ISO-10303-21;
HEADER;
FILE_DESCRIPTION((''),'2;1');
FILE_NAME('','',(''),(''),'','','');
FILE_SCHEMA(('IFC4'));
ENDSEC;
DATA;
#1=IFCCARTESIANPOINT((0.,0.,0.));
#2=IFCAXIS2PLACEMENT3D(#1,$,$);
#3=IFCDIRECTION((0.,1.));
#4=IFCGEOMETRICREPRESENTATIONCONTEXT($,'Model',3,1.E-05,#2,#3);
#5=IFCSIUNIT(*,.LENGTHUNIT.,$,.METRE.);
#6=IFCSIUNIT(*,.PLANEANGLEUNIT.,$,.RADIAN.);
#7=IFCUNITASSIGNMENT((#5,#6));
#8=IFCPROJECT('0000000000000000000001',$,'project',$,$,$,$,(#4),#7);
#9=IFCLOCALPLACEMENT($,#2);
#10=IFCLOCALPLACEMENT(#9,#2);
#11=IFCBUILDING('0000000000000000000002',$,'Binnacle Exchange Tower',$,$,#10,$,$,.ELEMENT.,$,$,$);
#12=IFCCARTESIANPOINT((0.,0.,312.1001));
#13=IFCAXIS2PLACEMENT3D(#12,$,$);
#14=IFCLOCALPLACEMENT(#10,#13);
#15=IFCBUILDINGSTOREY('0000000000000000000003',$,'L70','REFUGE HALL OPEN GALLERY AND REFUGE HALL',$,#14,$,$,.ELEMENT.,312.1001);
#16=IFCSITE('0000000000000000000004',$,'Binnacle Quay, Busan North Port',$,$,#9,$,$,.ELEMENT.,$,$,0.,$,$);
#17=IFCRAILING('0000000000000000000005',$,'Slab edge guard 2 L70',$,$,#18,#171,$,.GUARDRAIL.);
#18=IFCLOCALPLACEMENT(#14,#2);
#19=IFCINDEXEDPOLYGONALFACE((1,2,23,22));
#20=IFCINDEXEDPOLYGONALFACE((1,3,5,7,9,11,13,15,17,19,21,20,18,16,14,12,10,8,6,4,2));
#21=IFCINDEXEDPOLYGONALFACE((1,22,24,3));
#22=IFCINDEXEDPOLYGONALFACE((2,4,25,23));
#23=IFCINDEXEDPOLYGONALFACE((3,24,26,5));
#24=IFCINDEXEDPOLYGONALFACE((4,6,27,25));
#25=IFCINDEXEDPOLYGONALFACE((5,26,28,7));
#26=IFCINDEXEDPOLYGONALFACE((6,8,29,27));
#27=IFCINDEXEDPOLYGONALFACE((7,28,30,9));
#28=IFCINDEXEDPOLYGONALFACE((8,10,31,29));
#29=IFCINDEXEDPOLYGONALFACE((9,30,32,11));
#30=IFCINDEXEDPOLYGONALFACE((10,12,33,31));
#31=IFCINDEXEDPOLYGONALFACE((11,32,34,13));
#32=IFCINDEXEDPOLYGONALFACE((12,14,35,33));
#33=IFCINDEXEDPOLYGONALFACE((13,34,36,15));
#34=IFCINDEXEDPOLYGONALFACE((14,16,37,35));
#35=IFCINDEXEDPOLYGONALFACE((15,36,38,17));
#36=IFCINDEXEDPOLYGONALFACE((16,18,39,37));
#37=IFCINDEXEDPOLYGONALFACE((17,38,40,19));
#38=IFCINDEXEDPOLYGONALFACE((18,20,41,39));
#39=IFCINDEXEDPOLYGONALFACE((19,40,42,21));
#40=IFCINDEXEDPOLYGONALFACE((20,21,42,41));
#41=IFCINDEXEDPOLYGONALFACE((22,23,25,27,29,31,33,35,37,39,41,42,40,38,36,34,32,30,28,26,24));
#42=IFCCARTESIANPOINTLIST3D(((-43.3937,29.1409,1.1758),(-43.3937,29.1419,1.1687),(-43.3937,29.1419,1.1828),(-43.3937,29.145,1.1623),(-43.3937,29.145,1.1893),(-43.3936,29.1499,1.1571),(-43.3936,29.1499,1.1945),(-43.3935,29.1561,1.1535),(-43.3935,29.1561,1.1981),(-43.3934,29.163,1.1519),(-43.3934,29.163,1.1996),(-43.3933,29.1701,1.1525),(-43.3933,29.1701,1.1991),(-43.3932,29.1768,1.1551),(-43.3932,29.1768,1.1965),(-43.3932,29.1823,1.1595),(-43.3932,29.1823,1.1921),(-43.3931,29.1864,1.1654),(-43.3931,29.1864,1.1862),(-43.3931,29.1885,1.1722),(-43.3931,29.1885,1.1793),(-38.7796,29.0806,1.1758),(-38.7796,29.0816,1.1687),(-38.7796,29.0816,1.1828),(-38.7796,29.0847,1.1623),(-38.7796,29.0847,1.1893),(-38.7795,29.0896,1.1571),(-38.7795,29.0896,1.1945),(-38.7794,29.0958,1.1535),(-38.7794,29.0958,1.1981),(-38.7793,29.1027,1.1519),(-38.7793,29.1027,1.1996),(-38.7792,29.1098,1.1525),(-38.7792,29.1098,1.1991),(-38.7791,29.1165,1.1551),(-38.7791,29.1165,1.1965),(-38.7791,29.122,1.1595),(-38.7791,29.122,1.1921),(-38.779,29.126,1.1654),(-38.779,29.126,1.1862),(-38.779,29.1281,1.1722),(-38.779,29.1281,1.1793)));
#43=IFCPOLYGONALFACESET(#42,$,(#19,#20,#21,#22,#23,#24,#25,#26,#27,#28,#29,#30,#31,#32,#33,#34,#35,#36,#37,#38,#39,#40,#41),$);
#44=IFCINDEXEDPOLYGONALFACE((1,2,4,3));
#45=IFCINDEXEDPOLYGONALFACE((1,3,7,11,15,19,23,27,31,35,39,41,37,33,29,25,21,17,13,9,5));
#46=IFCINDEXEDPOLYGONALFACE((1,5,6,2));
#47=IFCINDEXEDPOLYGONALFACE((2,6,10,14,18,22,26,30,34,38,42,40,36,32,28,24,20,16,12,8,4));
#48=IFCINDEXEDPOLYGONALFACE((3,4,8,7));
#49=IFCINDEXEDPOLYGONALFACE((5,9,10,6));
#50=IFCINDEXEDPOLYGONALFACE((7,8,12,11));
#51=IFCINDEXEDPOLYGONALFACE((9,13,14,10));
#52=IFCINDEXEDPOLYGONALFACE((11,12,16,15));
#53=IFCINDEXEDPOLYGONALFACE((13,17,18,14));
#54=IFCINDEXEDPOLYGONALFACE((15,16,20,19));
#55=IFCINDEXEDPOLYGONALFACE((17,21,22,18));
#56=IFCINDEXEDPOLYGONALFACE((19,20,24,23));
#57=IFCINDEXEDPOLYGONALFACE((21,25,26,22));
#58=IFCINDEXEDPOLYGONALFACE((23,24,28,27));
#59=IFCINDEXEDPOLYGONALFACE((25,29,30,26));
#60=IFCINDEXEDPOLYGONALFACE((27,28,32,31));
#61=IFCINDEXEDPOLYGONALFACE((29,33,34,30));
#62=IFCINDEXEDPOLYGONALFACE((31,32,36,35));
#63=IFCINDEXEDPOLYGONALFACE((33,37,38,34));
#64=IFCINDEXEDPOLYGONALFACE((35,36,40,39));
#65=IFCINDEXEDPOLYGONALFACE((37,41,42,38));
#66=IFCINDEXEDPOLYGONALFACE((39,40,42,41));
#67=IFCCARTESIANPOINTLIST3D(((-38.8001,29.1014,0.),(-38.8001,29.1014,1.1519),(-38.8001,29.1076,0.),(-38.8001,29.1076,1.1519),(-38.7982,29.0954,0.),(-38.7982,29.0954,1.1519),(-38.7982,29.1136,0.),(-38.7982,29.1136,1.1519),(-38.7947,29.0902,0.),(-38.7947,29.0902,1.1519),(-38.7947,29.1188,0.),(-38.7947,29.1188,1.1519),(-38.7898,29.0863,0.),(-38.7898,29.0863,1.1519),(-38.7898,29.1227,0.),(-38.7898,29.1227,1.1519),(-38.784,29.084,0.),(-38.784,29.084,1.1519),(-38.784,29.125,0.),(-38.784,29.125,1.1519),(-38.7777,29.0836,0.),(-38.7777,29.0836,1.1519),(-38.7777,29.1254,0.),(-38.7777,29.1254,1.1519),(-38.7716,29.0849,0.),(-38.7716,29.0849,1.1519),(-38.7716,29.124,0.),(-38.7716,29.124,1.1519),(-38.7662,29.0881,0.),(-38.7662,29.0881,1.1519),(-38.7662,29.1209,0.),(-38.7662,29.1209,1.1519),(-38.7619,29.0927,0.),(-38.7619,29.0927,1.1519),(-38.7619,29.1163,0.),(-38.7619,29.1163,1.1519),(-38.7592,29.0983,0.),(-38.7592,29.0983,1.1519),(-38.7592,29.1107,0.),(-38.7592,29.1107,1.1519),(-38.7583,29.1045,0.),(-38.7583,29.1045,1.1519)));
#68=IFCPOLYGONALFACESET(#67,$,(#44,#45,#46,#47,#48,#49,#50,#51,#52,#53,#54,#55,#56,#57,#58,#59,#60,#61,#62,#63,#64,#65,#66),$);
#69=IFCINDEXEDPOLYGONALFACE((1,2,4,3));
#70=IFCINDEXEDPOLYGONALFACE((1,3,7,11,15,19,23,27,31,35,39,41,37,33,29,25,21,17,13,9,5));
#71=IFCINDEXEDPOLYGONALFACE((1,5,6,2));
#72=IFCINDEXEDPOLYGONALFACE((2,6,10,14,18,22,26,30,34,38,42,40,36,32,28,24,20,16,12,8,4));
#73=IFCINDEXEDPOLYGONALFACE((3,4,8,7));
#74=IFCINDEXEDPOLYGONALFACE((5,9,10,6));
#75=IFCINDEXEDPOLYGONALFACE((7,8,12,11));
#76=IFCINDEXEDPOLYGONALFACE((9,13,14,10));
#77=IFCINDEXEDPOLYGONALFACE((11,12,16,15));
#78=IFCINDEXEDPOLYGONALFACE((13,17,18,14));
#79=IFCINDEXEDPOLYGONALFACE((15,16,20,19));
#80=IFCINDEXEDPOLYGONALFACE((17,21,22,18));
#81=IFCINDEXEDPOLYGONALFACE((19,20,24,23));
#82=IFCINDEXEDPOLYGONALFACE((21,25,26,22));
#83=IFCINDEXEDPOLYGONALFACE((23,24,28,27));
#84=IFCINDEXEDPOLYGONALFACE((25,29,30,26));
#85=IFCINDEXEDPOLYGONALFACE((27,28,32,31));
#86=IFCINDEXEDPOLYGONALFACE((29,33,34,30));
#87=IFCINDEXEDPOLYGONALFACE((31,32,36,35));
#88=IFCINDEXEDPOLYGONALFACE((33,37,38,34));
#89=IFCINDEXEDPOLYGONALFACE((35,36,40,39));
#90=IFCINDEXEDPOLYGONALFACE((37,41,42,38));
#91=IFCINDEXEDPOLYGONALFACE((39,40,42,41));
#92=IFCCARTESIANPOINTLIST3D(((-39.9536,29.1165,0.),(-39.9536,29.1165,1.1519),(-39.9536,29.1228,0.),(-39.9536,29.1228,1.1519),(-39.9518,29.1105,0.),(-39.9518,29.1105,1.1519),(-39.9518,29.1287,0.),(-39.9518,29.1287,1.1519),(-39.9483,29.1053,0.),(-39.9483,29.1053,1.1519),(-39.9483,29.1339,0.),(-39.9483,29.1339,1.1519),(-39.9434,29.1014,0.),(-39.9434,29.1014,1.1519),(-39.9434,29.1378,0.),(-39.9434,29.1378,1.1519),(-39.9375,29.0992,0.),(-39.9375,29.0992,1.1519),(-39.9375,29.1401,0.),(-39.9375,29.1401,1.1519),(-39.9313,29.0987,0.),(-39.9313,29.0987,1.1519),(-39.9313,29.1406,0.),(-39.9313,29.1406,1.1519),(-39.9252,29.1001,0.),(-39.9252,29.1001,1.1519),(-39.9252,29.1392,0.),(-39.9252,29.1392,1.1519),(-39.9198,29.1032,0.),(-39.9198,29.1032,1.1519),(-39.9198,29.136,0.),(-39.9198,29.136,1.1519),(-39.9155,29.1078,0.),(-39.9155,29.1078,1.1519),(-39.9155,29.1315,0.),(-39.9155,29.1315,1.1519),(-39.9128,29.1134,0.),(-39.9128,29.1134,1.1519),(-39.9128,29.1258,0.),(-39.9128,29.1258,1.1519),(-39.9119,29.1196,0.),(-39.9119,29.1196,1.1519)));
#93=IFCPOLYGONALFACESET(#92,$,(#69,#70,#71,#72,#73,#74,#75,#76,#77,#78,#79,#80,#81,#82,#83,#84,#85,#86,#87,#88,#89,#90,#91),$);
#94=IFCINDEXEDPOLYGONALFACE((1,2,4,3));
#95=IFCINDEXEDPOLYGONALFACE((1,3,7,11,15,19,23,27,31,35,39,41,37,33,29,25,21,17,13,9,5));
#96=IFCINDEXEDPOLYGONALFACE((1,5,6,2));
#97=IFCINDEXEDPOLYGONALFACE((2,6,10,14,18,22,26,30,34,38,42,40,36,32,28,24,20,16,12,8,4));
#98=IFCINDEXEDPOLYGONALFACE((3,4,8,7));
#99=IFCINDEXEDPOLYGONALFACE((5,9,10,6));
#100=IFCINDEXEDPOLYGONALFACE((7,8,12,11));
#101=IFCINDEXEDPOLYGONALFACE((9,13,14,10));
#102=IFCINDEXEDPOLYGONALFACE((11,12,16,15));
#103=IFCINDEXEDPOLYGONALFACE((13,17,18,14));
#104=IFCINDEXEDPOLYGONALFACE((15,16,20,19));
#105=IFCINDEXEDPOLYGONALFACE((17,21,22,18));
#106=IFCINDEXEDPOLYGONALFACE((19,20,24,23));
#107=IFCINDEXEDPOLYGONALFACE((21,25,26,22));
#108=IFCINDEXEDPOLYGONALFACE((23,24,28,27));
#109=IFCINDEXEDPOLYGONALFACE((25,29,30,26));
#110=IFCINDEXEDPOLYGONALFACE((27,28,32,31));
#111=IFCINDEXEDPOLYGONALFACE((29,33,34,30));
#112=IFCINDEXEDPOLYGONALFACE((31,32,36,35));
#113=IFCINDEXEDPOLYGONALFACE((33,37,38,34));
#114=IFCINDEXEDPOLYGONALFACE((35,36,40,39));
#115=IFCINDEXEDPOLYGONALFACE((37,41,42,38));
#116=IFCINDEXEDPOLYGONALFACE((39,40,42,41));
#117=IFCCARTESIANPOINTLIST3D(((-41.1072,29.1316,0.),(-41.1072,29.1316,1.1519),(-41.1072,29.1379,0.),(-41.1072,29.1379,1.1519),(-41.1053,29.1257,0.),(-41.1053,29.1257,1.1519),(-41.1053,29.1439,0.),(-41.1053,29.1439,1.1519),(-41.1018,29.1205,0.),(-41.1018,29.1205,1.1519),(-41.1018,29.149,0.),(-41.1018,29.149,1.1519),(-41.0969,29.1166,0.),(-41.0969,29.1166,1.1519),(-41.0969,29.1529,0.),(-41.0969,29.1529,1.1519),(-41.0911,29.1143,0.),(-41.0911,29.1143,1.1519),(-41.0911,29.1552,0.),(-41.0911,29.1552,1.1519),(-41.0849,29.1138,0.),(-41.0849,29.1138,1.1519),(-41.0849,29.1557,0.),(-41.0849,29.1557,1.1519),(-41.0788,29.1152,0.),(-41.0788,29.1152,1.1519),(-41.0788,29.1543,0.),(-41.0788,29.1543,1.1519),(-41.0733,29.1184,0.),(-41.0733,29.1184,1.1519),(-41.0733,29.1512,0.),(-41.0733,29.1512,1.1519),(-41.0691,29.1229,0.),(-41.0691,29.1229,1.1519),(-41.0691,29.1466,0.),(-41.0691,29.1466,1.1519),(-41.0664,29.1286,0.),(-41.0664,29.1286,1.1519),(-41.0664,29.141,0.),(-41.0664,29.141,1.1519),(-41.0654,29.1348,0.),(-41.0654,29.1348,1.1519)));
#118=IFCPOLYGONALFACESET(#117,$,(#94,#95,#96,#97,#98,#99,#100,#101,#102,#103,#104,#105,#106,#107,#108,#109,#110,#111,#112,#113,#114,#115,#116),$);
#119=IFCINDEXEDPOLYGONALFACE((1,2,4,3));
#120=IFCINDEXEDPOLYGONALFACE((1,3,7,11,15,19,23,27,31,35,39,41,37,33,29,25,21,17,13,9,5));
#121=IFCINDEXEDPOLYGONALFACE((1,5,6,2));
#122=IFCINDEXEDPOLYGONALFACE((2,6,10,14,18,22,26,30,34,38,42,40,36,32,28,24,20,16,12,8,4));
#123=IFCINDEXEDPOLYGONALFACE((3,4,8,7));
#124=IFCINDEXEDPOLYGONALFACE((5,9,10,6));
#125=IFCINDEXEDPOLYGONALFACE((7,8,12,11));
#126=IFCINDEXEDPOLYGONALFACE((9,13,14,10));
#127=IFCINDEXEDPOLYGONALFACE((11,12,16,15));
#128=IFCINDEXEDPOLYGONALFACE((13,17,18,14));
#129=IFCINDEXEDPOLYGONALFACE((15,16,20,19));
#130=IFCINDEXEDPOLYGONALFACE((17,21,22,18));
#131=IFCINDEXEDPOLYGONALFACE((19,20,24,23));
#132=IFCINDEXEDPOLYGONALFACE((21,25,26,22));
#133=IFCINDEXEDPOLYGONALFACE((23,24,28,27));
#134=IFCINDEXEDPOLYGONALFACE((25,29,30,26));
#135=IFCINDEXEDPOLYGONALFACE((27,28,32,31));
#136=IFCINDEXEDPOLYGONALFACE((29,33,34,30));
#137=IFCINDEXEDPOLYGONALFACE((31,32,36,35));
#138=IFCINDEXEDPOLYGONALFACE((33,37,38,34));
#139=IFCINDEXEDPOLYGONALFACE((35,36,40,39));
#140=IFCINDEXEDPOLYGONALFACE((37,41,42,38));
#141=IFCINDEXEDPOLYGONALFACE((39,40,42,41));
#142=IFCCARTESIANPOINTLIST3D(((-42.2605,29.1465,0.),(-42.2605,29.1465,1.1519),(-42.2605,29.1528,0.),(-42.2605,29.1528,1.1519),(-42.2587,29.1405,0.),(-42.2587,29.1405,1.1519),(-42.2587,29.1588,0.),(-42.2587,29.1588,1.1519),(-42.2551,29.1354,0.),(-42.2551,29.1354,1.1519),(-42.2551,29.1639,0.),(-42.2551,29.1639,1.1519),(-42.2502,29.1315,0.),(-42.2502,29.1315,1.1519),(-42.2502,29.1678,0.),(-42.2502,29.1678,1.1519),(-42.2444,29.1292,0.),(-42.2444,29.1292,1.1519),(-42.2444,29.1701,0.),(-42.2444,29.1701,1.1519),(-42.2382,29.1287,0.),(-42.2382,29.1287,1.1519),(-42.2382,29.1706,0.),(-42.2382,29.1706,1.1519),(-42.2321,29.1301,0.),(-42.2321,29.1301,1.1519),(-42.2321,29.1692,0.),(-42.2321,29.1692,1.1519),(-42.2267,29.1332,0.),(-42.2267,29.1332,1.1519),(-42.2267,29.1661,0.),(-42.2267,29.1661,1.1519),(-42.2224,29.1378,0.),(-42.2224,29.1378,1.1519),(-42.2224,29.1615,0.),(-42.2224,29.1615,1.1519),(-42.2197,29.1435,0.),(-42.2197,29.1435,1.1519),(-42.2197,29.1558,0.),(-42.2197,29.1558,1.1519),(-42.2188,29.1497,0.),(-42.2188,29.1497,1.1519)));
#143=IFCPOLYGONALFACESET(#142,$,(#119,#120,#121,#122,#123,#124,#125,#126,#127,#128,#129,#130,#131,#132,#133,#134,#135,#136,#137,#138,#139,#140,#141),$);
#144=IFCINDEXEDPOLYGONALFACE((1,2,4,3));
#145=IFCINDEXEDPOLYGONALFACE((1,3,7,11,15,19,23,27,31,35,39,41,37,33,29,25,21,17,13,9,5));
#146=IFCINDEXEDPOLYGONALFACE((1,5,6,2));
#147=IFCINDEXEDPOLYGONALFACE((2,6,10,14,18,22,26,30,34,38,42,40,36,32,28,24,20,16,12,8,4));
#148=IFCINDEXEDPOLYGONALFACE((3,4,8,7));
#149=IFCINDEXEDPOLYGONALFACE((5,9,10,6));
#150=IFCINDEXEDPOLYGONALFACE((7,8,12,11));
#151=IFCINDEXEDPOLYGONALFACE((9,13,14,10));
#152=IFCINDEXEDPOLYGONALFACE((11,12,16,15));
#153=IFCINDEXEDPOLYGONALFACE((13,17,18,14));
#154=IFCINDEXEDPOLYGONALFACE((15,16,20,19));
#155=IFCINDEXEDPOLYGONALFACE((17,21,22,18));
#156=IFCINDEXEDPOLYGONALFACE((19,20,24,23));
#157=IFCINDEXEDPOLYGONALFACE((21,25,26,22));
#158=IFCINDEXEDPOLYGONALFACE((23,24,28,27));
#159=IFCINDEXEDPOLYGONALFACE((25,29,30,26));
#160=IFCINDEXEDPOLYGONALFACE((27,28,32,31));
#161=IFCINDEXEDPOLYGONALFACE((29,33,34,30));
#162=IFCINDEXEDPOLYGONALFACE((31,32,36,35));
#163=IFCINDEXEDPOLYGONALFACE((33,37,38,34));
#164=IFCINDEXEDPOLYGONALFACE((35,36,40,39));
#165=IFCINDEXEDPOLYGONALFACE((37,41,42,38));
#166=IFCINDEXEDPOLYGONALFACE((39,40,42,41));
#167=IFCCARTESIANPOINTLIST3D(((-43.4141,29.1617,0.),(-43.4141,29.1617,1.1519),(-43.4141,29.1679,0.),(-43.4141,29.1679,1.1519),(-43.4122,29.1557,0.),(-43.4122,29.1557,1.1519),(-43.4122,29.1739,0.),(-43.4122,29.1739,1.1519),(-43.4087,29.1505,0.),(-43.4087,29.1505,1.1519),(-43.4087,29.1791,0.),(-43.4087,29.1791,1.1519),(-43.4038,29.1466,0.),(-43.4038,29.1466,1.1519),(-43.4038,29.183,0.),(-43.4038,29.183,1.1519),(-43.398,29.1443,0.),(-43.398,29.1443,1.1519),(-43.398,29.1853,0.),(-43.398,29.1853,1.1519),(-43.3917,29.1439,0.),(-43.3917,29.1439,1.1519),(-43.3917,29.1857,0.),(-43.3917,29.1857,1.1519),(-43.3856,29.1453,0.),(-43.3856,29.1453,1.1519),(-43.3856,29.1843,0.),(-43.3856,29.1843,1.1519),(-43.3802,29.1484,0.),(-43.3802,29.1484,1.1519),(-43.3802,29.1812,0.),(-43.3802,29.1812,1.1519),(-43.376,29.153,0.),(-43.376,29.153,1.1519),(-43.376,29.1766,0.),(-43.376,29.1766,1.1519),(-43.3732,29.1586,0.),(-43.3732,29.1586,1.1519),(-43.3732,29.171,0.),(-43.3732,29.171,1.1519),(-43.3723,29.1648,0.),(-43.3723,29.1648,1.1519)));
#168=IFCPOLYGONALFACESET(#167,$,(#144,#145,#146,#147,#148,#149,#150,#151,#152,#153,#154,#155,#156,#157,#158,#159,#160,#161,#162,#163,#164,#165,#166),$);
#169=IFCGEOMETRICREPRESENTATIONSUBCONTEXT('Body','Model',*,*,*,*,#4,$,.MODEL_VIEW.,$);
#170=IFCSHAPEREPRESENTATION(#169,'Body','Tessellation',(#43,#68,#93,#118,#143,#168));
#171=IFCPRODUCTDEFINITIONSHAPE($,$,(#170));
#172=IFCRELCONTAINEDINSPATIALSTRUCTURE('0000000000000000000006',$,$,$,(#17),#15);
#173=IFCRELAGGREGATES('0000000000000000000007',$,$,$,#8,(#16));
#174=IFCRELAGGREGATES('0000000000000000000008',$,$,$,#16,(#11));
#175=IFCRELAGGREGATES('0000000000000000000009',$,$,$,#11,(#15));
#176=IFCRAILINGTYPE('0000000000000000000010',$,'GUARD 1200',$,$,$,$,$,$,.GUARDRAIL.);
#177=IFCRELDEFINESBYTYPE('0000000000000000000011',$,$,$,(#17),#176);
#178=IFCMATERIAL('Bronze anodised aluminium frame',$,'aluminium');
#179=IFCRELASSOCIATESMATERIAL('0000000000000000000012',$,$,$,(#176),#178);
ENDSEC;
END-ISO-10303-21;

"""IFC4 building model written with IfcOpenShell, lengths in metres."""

from ifc_helpers import new_model, si_unit, direction, frame, origin, origin_2d, place, context, subcontext, project, spatial, circle, extrude, material, type_object, element, save


model = new_model("IFC4")

# Units and contexts
model_context = context("Model", 3, precision=1e-05, world=origin(), true_north=direction((0.0, 1.0)))
body_context = subcontext(model_context, "Body", "Model", "MODEL_VIEW")
ifc_project = project(units=[si_unit("LENGTHUNIT", "METRE"), si_unit("PLANEANGLEUNIT", "RADIAN")], contexts=[model_context])

# Site, building, storey
site_placement = place(None, origin())
site = spatial("IfcSite", under=ifc_project, at=site_placement, Name="Binnacle Quay, Busan North Port", CompositionType="ELEMENT", RefElevation=0.0)
building_placement = place(site_placement, origin())
building = spatial("IfcBuilding", under=site, at=building_placement, Name="Binnacle Exchange Tower", CompositionType="ELEMENT")
storey_placement = place(building_placement, frame((0.0, 0.0, 312.1001)))
storey = spatial("IfcBuildingStorey", under=building, at=storey_placement, Name="L70", Description="REFUGE HALL OPEN GALLERY AND REFUGE HALL", CompositionType="ELEMENT", Elevation=312.1001)

# Railing
ifc_material_1 = material(Name="Bronze anodised aluminium frame", Category="aluminium")
railing_type_1 = type_object("IfcRailingType", Name="GUARD 1200", PredefinedType="GUARDRAIL", material=ifc_material_1)
railing_1_placement = place(storey_placement, frame((-38.7793, 29.1045, 0.0)))
element("IfcRailing", 1, at=railing_1_placement, inside=storey, type_object=railing_type_1, Name="Slab edge guard 2 L70", PredefinedType="GUARDRAIL", context=body_context, shape_type="SweptSolid", body=[
    extrude(circle(Radius=0.0239, at=origin_2d()), frame((0.0, 0.0, 1.1758), z_axis=(-0.999915, 0.013068, 0.0), x_axis=(-0.013068, -0.999915, 0.0)), (0.0, 0.0, 1.0), 4.6145),
    extrude(circle(Radius=0.021, at=origin_2d()), origin(), (0.0, 0.0, 1.0), 1.1519),
    extrude(circle(Radius=0.021, at=origin_2d()), frame((-1.1536, 0.0151, 0.0)), (0.0, 0.0, 1.0), 1.1519),
    extrude(circle(Radius=0.021, at=origin_2d()), frame((-2.3071, 0.0303, 0.0)), (0.0, 0.0, 1.0), 1.1519),
    extrude(circle(Radius=0.021, at=origin_2d()), frame((-3.4604, 0.0452, 0.0)), (0.0, 0.0, 1.0), 1.1519),
    extrude(circle(Radius=0.021, at=origin_2d()), frame((-4.614, 0.0603, 0.0)), (0.0, 0.0, 1.0), 1.1519),
])

save(model, "model.ifc")
